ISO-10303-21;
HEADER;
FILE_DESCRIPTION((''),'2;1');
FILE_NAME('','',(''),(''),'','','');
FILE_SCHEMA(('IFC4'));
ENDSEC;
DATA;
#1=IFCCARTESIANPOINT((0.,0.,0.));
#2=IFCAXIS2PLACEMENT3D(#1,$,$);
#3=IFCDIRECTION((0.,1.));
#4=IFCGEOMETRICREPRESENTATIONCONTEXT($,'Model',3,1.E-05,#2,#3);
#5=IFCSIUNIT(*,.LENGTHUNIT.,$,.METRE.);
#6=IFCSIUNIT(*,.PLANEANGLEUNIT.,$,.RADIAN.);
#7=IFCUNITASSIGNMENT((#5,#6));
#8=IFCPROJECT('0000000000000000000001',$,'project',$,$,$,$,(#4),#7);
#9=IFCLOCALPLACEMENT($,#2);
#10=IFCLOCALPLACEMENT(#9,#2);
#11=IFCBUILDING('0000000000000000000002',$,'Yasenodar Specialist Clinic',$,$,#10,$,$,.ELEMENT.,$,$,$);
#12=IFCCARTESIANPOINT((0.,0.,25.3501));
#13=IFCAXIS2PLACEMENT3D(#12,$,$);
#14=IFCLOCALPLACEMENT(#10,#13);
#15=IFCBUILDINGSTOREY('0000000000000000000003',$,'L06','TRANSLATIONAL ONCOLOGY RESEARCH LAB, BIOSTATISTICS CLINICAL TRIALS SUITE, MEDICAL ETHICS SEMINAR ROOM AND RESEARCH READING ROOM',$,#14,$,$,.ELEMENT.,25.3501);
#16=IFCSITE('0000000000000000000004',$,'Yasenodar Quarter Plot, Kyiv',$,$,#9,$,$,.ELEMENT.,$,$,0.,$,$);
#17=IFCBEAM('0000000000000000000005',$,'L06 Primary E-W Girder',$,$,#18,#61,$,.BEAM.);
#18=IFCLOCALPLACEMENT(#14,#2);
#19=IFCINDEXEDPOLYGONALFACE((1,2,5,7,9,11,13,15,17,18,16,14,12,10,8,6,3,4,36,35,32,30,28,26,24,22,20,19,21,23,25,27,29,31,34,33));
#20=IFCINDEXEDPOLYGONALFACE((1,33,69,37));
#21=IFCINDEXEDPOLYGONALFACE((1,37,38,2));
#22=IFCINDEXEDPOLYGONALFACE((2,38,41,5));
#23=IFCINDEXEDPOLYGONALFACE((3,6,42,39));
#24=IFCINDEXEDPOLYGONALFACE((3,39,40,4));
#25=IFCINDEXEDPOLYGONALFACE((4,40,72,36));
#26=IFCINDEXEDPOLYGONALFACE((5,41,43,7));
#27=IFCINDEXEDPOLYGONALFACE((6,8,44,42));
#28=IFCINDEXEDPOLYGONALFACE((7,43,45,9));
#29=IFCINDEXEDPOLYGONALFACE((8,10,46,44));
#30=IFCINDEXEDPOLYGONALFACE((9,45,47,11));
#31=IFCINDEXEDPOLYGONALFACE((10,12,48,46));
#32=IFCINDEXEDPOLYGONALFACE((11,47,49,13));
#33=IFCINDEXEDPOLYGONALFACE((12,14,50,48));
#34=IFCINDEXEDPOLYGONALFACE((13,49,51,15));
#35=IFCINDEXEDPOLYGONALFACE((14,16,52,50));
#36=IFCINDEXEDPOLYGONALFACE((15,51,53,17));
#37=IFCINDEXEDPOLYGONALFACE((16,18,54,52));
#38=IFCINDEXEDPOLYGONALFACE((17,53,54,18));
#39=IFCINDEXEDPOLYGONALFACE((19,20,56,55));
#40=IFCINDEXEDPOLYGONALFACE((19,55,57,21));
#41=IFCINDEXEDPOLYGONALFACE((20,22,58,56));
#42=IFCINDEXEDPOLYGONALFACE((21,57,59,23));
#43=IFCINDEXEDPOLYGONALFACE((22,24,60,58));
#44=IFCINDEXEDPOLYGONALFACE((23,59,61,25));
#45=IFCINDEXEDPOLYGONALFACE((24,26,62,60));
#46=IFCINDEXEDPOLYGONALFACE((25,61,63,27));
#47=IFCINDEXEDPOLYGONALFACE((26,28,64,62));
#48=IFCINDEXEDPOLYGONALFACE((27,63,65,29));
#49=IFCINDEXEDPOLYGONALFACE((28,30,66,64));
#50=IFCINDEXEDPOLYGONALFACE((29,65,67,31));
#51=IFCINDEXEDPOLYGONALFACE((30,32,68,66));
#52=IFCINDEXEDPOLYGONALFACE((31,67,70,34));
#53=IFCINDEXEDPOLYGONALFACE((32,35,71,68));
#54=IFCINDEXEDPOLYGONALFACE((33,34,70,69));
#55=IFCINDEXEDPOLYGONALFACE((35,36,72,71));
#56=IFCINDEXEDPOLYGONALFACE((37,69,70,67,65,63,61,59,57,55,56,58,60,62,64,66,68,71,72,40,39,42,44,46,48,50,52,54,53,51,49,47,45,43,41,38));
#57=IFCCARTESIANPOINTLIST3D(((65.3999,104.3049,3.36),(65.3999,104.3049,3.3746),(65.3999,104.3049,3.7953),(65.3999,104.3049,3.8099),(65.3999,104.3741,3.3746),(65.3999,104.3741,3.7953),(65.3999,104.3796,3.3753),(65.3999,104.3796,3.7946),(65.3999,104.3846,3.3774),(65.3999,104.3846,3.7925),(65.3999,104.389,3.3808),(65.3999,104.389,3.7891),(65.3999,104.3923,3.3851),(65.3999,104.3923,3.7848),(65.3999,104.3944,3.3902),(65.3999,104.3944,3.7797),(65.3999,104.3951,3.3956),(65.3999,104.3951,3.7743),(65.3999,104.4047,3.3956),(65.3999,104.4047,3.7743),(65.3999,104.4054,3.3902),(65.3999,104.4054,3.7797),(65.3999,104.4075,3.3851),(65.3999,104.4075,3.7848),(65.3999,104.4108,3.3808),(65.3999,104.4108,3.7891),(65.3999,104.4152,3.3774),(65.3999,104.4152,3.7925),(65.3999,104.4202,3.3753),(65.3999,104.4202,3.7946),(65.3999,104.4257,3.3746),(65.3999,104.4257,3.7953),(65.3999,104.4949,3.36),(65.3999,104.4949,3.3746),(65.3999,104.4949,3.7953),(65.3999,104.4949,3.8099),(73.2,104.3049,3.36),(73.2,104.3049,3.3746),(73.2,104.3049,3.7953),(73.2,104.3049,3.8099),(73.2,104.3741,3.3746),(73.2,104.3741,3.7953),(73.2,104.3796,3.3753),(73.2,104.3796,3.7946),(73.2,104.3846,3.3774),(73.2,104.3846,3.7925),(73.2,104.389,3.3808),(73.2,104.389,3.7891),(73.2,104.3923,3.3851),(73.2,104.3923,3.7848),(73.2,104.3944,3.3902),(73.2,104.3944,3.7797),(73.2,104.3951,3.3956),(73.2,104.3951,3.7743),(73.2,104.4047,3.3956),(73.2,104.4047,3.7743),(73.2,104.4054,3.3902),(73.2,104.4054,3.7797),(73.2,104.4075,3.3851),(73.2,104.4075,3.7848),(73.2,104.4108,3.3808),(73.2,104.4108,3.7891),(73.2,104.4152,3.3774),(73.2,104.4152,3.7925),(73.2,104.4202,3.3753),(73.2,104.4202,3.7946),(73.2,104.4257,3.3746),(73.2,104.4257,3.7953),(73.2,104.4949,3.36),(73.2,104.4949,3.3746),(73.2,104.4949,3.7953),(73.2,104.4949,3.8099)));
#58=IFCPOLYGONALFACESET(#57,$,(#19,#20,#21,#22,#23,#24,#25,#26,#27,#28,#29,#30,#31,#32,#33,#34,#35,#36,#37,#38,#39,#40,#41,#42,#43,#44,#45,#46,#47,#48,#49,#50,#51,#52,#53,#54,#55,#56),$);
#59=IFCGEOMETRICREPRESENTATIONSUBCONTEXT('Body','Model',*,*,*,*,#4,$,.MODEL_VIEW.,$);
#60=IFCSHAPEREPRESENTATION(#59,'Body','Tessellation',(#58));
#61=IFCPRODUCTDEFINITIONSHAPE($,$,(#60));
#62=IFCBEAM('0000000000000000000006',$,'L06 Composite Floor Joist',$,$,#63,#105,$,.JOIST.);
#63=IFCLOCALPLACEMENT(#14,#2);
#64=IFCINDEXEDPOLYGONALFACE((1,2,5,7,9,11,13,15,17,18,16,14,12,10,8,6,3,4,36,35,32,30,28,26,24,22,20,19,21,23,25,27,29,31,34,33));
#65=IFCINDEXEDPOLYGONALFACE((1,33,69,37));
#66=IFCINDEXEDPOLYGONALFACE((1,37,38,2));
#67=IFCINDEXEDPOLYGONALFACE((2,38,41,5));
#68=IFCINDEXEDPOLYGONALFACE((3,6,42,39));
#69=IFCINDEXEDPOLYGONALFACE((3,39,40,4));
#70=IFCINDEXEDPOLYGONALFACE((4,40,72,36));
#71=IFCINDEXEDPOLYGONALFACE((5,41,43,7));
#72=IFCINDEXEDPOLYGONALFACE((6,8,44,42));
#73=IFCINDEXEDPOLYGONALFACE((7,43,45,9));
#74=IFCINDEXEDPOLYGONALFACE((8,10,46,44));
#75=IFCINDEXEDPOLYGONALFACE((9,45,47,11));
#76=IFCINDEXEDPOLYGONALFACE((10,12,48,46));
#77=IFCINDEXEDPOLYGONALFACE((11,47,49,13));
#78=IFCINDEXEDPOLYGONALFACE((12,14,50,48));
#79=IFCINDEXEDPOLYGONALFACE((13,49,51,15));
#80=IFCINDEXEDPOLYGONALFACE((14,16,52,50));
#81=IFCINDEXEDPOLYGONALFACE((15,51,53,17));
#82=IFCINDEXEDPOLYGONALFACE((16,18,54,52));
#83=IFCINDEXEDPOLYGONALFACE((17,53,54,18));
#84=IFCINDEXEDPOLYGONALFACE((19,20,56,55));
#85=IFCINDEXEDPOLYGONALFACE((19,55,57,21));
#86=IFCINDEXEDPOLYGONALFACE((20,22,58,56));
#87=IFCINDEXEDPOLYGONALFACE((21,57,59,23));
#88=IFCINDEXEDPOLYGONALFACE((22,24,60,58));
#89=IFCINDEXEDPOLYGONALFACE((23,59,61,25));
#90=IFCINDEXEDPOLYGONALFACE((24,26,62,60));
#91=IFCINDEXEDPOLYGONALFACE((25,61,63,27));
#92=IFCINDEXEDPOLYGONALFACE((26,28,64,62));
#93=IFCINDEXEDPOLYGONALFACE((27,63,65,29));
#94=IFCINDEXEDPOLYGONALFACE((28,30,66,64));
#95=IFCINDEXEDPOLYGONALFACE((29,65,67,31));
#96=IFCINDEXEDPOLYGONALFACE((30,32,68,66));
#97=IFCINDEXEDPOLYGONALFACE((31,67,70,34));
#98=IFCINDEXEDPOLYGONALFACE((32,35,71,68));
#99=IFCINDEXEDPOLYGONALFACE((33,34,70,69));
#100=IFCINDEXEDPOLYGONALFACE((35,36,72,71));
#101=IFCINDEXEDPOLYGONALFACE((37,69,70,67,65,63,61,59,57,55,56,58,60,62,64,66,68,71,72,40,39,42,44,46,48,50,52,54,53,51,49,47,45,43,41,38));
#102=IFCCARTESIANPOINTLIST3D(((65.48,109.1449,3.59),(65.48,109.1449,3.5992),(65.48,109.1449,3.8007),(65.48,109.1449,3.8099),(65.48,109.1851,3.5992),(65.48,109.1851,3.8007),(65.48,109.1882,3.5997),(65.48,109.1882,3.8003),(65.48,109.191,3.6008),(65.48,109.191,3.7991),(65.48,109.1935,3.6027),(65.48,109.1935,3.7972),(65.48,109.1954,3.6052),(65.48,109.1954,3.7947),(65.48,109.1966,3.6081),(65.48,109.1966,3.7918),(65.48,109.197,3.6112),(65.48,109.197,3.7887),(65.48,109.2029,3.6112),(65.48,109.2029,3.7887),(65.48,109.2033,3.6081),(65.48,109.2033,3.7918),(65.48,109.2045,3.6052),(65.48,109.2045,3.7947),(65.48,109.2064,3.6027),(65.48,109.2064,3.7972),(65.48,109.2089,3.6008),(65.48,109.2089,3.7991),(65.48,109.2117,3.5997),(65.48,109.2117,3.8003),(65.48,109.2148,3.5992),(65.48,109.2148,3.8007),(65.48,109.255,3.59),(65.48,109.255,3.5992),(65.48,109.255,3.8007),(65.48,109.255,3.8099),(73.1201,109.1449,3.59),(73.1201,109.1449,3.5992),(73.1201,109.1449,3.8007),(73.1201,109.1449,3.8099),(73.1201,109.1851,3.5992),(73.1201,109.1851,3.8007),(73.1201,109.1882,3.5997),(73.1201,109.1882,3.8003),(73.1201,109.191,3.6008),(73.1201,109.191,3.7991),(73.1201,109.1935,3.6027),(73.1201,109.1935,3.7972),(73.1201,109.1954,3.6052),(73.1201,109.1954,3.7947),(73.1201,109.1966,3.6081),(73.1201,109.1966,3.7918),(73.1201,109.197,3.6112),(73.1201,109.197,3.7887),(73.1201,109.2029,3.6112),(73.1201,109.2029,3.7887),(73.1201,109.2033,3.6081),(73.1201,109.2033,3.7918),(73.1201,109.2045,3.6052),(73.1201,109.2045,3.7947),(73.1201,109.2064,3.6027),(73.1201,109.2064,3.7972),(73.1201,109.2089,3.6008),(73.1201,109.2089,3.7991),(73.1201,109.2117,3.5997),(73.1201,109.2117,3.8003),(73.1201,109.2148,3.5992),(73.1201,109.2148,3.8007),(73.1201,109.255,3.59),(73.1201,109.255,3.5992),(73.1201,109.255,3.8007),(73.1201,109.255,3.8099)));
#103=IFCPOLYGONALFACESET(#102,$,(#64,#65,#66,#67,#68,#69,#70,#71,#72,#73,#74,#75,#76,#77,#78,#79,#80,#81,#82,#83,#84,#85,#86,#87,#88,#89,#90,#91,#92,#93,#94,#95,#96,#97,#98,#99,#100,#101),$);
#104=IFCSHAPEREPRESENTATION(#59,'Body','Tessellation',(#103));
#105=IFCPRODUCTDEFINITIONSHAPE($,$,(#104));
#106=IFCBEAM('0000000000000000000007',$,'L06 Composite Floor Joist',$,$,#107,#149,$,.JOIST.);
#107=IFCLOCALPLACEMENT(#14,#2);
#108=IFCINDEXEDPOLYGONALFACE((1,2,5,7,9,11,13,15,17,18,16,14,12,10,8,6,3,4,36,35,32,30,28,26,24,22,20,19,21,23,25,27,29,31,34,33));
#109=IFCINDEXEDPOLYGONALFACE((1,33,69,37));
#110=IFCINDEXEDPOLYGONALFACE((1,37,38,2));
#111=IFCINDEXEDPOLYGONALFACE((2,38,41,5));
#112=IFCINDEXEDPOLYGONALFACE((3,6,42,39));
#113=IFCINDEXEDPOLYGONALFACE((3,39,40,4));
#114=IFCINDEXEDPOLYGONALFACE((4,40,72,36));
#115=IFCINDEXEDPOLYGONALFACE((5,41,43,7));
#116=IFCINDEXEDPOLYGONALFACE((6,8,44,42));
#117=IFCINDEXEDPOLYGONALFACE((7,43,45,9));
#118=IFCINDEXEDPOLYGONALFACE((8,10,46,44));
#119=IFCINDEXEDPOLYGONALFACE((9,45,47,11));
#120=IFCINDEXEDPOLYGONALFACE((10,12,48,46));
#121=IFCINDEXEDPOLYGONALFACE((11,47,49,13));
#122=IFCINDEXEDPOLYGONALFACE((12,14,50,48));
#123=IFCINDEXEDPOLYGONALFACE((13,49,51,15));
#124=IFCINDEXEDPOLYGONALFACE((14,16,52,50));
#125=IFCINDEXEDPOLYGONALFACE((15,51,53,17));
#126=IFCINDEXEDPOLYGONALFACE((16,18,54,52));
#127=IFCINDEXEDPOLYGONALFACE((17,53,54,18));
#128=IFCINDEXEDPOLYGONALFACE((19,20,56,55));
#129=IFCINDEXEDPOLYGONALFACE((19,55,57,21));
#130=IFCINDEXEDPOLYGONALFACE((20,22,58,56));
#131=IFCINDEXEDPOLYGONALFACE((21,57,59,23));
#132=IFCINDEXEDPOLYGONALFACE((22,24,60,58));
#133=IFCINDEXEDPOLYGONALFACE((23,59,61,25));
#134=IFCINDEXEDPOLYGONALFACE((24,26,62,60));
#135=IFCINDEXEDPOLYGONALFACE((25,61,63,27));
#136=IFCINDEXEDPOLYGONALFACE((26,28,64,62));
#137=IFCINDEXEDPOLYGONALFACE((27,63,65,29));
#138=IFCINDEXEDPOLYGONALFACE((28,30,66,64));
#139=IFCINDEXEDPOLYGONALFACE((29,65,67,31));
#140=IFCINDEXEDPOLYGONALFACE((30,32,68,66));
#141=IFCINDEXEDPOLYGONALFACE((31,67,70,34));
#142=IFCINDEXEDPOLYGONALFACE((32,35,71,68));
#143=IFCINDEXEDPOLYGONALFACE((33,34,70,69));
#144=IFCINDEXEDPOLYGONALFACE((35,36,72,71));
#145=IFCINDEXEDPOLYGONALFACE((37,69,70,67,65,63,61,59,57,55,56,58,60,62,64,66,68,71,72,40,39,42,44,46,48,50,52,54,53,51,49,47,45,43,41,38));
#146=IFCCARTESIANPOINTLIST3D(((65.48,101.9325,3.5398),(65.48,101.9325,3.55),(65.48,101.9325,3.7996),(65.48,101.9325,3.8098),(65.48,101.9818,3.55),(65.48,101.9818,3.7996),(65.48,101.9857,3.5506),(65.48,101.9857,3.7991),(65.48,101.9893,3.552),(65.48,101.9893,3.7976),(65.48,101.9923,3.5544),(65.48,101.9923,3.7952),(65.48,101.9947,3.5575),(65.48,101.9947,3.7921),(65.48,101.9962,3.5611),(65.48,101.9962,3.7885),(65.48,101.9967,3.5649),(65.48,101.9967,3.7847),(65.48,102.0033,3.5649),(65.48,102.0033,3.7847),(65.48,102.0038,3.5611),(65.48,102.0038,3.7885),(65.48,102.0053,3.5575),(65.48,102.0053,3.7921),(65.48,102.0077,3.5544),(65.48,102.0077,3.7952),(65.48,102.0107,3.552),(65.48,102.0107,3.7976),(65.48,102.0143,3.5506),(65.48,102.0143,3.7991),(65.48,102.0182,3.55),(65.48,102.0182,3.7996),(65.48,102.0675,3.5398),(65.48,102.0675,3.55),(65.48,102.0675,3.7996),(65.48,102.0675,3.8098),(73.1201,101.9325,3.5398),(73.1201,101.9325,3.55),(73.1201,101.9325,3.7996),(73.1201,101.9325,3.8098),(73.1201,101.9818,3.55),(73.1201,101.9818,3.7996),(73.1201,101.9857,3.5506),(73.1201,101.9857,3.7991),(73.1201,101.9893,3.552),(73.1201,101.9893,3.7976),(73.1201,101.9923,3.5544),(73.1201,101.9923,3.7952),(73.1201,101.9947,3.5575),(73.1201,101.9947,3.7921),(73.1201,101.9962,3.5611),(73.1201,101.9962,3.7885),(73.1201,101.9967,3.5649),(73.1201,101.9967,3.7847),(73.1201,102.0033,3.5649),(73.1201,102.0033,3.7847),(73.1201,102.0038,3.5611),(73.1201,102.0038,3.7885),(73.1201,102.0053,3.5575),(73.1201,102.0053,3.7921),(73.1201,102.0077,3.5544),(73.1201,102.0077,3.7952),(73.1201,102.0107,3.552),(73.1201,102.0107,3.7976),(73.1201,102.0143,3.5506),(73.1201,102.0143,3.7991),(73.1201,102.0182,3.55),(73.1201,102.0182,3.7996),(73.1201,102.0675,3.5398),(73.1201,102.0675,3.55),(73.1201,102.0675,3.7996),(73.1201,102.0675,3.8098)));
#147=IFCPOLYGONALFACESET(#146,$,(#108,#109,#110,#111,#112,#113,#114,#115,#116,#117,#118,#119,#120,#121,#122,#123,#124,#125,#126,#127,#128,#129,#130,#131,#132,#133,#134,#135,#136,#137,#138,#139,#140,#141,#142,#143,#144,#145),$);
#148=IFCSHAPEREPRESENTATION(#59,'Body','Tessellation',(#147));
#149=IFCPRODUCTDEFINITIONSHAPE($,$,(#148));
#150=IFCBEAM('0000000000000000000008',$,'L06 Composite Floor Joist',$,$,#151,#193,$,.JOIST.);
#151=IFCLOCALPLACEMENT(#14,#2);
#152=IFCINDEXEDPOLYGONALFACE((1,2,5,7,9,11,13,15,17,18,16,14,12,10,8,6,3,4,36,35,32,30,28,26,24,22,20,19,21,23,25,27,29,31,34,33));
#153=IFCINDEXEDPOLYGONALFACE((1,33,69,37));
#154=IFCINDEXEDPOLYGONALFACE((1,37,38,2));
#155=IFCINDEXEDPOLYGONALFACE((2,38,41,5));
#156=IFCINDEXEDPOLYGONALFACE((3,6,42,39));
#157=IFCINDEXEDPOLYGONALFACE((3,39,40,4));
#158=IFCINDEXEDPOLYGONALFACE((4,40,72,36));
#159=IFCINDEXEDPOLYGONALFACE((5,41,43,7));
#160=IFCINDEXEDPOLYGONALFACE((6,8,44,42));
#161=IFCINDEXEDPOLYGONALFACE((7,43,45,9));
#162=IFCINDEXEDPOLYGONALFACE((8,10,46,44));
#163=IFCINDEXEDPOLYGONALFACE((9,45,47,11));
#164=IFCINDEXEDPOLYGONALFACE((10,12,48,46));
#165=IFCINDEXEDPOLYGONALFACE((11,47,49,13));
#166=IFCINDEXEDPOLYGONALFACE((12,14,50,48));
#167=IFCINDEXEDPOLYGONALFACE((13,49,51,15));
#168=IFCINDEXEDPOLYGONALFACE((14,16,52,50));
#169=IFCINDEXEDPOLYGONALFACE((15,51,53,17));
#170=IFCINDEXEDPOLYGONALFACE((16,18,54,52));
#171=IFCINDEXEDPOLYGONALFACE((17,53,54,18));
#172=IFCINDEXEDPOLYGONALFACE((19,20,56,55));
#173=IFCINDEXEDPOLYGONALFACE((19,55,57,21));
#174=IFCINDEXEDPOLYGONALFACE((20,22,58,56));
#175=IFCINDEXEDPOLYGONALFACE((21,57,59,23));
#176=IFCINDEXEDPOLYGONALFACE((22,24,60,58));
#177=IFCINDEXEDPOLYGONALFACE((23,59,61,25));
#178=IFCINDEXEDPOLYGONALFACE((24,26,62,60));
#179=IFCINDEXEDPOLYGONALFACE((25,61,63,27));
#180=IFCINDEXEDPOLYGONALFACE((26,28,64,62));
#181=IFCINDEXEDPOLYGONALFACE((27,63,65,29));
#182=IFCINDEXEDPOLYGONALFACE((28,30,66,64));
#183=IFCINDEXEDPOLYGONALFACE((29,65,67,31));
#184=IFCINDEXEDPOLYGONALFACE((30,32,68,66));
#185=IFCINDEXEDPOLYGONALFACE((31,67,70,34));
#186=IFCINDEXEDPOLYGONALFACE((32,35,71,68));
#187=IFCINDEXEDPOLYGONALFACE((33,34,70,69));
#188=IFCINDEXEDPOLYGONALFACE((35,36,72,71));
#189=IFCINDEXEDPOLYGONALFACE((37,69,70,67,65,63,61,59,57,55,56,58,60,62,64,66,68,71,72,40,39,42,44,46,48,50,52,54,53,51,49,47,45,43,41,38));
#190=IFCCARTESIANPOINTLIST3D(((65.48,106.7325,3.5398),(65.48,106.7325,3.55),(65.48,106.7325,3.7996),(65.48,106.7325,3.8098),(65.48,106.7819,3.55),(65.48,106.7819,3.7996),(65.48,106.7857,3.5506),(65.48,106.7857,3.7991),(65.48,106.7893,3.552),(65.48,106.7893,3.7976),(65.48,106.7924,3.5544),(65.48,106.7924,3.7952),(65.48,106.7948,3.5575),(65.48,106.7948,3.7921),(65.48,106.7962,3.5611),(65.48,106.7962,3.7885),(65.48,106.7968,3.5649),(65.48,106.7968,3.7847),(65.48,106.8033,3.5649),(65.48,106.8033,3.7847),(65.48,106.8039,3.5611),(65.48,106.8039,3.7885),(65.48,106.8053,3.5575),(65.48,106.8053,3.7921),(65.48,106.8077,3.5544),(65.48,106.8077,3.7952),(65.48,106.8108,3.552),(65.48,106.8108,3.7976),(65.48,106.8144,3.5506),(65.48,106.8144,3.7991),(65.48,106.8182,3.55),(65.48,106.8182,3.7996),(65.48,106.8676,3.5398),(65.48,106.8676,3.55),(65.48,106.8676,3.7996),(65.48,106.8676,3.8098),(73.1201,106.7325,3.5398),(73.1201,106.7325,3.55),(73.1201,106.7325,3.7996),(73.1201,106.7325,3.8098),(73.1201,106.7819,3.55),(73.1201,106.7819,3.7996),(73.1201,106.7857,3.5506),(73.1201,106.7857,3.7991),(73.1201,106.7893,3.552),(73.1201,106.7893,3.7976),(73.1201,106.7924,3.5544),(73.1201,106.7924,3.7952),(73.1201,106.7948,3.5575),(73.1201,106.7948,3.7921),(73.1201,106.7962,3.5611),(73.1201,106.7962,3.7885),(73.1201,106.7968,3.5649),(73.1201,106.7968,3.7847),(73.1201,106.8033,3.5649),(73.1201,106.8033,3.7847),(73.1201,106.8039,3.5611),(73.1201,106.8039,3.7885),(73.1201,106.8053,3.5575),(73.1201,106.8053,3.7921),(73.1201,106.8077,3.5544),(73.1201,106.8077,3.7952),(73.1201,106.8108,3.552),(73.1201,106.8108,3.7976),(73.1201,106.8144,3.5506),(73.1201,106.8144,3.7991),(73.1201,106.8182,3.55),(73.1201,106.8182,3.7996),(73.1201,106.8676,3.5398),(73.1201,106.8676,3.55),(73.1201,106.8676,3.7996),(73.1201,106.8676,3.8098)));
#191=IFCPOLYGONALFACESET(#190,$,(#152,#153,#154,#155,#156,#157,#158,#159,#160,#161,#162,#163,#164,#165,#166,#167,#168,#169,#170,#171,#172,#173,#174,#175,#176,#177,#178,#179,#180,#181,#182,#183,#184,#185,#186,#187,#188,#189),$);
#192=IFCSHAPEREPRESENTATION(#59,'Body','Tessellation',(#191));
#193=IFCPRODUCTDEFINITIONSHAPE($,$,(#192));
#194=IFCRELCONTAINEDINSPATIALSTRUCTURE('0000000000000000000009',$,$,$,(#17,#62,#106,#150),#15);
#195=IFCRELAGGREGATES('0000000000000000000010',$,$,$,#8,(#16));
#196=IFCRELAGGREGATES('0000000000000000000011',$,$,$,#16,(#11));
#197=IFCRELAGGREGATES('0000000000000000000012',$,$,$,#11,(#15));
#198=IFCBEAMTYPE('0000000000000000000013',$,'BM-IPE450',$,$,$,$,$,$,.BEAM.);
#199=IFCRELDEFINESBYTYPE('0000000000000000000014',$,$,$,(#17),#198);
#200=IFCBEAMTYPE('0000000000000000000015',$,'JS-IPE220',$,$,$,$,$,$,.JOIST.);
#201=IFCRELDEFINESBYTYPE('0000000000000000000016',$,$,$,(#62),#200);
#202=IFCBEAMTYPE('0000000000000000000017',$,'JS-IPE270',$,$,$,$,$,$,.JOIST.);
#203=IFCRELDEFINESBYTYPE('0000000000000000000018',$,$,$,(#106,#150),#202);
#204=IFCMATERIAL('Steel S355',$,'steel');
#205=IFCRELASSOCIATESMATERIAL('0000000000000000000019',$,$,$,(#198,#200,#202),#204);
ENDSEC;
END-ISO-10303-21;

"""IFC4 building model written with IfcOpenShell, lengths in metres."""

from ifc_helpers import new_model, si_unit, direction, frame, origin, origin_2d, place, context, subcontext, project, spatial, i_section, extrude, material, material_profile, profile_set, type_object, element, save


model = new_model("IFC4")

# Units and contexts
model_context = context("Model", 3, precision=1e-05, world=origin(), true_north=direction((0.0, 1.0)))
body_context = subcontext(model_context, "Body", "Model", "MODEL_VIEW")
ifc_project = project(units=[si_unit("LENGTHUNIT", "METRE"), si_unit("PLANEANGLEUNIT", "RADIAN")], contexts=[model_context])

# Site, building, storey
site_placement = place(None, origin())
site = spatial("IfcSite", under=ifc_project, at=site_placement, Name="Yasenodar Quarter Plot, Kyiv", CompositionType="ELEMENT", RefElevation=0.0)
building_placement = place(site_placement, origin())
building = spatial("IfcBuilding", under=site, at=building_placement, Name="Yasenodar Specialist Clinic", CompositionType="ELEMENT")
storey_placement = place(building_placement, frame((0.0, 0.0, 25.3501)))
storey = spatial("IfcBuildingStorey", under=building, at=storey_placement, Name="L06", Description="TRANSLATIONAL ONCOLOGY RESEARCH LAB, BIOSTATISTICS CLINICAL TRIALS SUITE, MEDICAL ETHICS SEMINAR ROOM AND RESEARCH READING ROOM", CompositionType="ELEMENT", Elevation=25.3501)

# Shared definitions
ifc_material_1 = material(Name="Steel S355", Category="steel")

# Beams
ifc_material_profile_1 = material_profile(ifc_material_1, i_section(OverallWidth=0.1899, OverallDepth=0.45, WebThickness=0.0095, FlangeThickness=0.0146, FilletRadius=0.021, at=origin_2d()), Name="IPE 450")
ifc_profile_set_1 = profile_set([ifc_material_profile_1], Name="Steel S355")
beam_type_1 = type_object("IfcBeamType", Name="BM-IPE450", PredefinedType="BEAM", material=ifc_profile_set_1)
beam_1_placement = place(storey_placement, frame((65.3999, 104.3999, 3.585), z_axis=(1.0, 0.0, 0.0), x_axis=(0.0, 1.0, 0.0)))
element("IfcBeam", 1, at=beam_1_placement, inside=storey, type_object=beam_type_1, Name="L06 Primary E-W Girder", PredefinedType="BEAM", context=body_context, shape_type="SweptSolid", body=[
    extrude(i_section(OverallWidth=0.1899, OverallDepth=0.45, WebThickness=0.0095, FlangeThickness=0.0146, FilletRadius=0.021, at=origin_2d()), origin(), (0.0, 0.0, 1.0), 7.8),
])
ifc_material_profile_2 = material_profile(ifc_material_1, i_section(OverallWidth=0.1101, OverallDepth=0.22, WebThickness=0.0059, FlangeThickness=0.0093, FilletRadius=0.012, at=origin_2d()), Name="IPE 220")
ifc_profile_set_2 = profile_set([ifc_material_profile_2], Name="Steel S355")
beam_type_2 = type_object("IfcBeamType", Name="JS-IPE220", PredefinedType="JOIST", material=ifc_profile_set_2)
beam_2_placement = place(storey_placement, frame((65.48, 109.2, 3.7), z_axis=(1.0, 0.0, 0.0), x_axis=(0.0, 1.0, 0.0)))
element("IfcBeam", 2, at=beam_2_placement, inside=storey, type_object=beam_type_2, Name="L06 Composite Floor Joist", PredefinedType="JOIST", context=body_context, shape_type="SweptSolid", body=[
    extrude(i_section(OverallWidth=0.1101, OverallDepth=0.22, WebThickness=0.0059, FlangeThickness=0.0093, FilletRadius=0.012, at=origin_2d()), origin(), (0.0, 0.0, 1.0), 7.6401),
])
ifc_material_profile_3 = material_profile(ifc_material_1, i_section(OverallWidth=0.135, OverallDepth=0.27, WebThickness=0.0066, FlangeThickness=0.0103, FilletRadius=0.0149, at=origin_2d()), Name="IPE 270")
ifc_profile_set_3 = profile_set([ifc_material_profile_3], Name="Steel S355")
beam_type_3 = type_object("IfcBeamType", Name="JS-IPE270", PredefinedType="JOIST", material=ifc_profile_set_3)
for number, where, z_axis, x_axis, name in (
    (3, (65.48, 102.0, 3.6748), (1.0, 0.0, 0.0), (0.0, 1.0, 0.0), "L06 Composite Floor Joist"),
    (4, (65.48, 106.8, 3.6748), (1.0, 0.0, 0.0), (0.0, 1.0, 0.0), "L06 Composite Floor Joist"),
):
    element("IfcBeam", number, at=place(storey_placement, frame(where, z_axis=z_axis, x_axis=x_axis)), inside=storey, type_object=beam_type_3, Name=name, PredefinedType="JOIST", context=body_context, shape_type="SweptSolid", body=[
        extrude(i_section(OverallWidth=0.135, OverallDepth=0.27, WebThickness=0.0066, FlangeThickness=0.0103, FilletRadius=0.0149, at=origin_2d()), origin(), (0.0, 0.0, 1.0), 7.6401),
    ])

save(model, "model.ifc")
